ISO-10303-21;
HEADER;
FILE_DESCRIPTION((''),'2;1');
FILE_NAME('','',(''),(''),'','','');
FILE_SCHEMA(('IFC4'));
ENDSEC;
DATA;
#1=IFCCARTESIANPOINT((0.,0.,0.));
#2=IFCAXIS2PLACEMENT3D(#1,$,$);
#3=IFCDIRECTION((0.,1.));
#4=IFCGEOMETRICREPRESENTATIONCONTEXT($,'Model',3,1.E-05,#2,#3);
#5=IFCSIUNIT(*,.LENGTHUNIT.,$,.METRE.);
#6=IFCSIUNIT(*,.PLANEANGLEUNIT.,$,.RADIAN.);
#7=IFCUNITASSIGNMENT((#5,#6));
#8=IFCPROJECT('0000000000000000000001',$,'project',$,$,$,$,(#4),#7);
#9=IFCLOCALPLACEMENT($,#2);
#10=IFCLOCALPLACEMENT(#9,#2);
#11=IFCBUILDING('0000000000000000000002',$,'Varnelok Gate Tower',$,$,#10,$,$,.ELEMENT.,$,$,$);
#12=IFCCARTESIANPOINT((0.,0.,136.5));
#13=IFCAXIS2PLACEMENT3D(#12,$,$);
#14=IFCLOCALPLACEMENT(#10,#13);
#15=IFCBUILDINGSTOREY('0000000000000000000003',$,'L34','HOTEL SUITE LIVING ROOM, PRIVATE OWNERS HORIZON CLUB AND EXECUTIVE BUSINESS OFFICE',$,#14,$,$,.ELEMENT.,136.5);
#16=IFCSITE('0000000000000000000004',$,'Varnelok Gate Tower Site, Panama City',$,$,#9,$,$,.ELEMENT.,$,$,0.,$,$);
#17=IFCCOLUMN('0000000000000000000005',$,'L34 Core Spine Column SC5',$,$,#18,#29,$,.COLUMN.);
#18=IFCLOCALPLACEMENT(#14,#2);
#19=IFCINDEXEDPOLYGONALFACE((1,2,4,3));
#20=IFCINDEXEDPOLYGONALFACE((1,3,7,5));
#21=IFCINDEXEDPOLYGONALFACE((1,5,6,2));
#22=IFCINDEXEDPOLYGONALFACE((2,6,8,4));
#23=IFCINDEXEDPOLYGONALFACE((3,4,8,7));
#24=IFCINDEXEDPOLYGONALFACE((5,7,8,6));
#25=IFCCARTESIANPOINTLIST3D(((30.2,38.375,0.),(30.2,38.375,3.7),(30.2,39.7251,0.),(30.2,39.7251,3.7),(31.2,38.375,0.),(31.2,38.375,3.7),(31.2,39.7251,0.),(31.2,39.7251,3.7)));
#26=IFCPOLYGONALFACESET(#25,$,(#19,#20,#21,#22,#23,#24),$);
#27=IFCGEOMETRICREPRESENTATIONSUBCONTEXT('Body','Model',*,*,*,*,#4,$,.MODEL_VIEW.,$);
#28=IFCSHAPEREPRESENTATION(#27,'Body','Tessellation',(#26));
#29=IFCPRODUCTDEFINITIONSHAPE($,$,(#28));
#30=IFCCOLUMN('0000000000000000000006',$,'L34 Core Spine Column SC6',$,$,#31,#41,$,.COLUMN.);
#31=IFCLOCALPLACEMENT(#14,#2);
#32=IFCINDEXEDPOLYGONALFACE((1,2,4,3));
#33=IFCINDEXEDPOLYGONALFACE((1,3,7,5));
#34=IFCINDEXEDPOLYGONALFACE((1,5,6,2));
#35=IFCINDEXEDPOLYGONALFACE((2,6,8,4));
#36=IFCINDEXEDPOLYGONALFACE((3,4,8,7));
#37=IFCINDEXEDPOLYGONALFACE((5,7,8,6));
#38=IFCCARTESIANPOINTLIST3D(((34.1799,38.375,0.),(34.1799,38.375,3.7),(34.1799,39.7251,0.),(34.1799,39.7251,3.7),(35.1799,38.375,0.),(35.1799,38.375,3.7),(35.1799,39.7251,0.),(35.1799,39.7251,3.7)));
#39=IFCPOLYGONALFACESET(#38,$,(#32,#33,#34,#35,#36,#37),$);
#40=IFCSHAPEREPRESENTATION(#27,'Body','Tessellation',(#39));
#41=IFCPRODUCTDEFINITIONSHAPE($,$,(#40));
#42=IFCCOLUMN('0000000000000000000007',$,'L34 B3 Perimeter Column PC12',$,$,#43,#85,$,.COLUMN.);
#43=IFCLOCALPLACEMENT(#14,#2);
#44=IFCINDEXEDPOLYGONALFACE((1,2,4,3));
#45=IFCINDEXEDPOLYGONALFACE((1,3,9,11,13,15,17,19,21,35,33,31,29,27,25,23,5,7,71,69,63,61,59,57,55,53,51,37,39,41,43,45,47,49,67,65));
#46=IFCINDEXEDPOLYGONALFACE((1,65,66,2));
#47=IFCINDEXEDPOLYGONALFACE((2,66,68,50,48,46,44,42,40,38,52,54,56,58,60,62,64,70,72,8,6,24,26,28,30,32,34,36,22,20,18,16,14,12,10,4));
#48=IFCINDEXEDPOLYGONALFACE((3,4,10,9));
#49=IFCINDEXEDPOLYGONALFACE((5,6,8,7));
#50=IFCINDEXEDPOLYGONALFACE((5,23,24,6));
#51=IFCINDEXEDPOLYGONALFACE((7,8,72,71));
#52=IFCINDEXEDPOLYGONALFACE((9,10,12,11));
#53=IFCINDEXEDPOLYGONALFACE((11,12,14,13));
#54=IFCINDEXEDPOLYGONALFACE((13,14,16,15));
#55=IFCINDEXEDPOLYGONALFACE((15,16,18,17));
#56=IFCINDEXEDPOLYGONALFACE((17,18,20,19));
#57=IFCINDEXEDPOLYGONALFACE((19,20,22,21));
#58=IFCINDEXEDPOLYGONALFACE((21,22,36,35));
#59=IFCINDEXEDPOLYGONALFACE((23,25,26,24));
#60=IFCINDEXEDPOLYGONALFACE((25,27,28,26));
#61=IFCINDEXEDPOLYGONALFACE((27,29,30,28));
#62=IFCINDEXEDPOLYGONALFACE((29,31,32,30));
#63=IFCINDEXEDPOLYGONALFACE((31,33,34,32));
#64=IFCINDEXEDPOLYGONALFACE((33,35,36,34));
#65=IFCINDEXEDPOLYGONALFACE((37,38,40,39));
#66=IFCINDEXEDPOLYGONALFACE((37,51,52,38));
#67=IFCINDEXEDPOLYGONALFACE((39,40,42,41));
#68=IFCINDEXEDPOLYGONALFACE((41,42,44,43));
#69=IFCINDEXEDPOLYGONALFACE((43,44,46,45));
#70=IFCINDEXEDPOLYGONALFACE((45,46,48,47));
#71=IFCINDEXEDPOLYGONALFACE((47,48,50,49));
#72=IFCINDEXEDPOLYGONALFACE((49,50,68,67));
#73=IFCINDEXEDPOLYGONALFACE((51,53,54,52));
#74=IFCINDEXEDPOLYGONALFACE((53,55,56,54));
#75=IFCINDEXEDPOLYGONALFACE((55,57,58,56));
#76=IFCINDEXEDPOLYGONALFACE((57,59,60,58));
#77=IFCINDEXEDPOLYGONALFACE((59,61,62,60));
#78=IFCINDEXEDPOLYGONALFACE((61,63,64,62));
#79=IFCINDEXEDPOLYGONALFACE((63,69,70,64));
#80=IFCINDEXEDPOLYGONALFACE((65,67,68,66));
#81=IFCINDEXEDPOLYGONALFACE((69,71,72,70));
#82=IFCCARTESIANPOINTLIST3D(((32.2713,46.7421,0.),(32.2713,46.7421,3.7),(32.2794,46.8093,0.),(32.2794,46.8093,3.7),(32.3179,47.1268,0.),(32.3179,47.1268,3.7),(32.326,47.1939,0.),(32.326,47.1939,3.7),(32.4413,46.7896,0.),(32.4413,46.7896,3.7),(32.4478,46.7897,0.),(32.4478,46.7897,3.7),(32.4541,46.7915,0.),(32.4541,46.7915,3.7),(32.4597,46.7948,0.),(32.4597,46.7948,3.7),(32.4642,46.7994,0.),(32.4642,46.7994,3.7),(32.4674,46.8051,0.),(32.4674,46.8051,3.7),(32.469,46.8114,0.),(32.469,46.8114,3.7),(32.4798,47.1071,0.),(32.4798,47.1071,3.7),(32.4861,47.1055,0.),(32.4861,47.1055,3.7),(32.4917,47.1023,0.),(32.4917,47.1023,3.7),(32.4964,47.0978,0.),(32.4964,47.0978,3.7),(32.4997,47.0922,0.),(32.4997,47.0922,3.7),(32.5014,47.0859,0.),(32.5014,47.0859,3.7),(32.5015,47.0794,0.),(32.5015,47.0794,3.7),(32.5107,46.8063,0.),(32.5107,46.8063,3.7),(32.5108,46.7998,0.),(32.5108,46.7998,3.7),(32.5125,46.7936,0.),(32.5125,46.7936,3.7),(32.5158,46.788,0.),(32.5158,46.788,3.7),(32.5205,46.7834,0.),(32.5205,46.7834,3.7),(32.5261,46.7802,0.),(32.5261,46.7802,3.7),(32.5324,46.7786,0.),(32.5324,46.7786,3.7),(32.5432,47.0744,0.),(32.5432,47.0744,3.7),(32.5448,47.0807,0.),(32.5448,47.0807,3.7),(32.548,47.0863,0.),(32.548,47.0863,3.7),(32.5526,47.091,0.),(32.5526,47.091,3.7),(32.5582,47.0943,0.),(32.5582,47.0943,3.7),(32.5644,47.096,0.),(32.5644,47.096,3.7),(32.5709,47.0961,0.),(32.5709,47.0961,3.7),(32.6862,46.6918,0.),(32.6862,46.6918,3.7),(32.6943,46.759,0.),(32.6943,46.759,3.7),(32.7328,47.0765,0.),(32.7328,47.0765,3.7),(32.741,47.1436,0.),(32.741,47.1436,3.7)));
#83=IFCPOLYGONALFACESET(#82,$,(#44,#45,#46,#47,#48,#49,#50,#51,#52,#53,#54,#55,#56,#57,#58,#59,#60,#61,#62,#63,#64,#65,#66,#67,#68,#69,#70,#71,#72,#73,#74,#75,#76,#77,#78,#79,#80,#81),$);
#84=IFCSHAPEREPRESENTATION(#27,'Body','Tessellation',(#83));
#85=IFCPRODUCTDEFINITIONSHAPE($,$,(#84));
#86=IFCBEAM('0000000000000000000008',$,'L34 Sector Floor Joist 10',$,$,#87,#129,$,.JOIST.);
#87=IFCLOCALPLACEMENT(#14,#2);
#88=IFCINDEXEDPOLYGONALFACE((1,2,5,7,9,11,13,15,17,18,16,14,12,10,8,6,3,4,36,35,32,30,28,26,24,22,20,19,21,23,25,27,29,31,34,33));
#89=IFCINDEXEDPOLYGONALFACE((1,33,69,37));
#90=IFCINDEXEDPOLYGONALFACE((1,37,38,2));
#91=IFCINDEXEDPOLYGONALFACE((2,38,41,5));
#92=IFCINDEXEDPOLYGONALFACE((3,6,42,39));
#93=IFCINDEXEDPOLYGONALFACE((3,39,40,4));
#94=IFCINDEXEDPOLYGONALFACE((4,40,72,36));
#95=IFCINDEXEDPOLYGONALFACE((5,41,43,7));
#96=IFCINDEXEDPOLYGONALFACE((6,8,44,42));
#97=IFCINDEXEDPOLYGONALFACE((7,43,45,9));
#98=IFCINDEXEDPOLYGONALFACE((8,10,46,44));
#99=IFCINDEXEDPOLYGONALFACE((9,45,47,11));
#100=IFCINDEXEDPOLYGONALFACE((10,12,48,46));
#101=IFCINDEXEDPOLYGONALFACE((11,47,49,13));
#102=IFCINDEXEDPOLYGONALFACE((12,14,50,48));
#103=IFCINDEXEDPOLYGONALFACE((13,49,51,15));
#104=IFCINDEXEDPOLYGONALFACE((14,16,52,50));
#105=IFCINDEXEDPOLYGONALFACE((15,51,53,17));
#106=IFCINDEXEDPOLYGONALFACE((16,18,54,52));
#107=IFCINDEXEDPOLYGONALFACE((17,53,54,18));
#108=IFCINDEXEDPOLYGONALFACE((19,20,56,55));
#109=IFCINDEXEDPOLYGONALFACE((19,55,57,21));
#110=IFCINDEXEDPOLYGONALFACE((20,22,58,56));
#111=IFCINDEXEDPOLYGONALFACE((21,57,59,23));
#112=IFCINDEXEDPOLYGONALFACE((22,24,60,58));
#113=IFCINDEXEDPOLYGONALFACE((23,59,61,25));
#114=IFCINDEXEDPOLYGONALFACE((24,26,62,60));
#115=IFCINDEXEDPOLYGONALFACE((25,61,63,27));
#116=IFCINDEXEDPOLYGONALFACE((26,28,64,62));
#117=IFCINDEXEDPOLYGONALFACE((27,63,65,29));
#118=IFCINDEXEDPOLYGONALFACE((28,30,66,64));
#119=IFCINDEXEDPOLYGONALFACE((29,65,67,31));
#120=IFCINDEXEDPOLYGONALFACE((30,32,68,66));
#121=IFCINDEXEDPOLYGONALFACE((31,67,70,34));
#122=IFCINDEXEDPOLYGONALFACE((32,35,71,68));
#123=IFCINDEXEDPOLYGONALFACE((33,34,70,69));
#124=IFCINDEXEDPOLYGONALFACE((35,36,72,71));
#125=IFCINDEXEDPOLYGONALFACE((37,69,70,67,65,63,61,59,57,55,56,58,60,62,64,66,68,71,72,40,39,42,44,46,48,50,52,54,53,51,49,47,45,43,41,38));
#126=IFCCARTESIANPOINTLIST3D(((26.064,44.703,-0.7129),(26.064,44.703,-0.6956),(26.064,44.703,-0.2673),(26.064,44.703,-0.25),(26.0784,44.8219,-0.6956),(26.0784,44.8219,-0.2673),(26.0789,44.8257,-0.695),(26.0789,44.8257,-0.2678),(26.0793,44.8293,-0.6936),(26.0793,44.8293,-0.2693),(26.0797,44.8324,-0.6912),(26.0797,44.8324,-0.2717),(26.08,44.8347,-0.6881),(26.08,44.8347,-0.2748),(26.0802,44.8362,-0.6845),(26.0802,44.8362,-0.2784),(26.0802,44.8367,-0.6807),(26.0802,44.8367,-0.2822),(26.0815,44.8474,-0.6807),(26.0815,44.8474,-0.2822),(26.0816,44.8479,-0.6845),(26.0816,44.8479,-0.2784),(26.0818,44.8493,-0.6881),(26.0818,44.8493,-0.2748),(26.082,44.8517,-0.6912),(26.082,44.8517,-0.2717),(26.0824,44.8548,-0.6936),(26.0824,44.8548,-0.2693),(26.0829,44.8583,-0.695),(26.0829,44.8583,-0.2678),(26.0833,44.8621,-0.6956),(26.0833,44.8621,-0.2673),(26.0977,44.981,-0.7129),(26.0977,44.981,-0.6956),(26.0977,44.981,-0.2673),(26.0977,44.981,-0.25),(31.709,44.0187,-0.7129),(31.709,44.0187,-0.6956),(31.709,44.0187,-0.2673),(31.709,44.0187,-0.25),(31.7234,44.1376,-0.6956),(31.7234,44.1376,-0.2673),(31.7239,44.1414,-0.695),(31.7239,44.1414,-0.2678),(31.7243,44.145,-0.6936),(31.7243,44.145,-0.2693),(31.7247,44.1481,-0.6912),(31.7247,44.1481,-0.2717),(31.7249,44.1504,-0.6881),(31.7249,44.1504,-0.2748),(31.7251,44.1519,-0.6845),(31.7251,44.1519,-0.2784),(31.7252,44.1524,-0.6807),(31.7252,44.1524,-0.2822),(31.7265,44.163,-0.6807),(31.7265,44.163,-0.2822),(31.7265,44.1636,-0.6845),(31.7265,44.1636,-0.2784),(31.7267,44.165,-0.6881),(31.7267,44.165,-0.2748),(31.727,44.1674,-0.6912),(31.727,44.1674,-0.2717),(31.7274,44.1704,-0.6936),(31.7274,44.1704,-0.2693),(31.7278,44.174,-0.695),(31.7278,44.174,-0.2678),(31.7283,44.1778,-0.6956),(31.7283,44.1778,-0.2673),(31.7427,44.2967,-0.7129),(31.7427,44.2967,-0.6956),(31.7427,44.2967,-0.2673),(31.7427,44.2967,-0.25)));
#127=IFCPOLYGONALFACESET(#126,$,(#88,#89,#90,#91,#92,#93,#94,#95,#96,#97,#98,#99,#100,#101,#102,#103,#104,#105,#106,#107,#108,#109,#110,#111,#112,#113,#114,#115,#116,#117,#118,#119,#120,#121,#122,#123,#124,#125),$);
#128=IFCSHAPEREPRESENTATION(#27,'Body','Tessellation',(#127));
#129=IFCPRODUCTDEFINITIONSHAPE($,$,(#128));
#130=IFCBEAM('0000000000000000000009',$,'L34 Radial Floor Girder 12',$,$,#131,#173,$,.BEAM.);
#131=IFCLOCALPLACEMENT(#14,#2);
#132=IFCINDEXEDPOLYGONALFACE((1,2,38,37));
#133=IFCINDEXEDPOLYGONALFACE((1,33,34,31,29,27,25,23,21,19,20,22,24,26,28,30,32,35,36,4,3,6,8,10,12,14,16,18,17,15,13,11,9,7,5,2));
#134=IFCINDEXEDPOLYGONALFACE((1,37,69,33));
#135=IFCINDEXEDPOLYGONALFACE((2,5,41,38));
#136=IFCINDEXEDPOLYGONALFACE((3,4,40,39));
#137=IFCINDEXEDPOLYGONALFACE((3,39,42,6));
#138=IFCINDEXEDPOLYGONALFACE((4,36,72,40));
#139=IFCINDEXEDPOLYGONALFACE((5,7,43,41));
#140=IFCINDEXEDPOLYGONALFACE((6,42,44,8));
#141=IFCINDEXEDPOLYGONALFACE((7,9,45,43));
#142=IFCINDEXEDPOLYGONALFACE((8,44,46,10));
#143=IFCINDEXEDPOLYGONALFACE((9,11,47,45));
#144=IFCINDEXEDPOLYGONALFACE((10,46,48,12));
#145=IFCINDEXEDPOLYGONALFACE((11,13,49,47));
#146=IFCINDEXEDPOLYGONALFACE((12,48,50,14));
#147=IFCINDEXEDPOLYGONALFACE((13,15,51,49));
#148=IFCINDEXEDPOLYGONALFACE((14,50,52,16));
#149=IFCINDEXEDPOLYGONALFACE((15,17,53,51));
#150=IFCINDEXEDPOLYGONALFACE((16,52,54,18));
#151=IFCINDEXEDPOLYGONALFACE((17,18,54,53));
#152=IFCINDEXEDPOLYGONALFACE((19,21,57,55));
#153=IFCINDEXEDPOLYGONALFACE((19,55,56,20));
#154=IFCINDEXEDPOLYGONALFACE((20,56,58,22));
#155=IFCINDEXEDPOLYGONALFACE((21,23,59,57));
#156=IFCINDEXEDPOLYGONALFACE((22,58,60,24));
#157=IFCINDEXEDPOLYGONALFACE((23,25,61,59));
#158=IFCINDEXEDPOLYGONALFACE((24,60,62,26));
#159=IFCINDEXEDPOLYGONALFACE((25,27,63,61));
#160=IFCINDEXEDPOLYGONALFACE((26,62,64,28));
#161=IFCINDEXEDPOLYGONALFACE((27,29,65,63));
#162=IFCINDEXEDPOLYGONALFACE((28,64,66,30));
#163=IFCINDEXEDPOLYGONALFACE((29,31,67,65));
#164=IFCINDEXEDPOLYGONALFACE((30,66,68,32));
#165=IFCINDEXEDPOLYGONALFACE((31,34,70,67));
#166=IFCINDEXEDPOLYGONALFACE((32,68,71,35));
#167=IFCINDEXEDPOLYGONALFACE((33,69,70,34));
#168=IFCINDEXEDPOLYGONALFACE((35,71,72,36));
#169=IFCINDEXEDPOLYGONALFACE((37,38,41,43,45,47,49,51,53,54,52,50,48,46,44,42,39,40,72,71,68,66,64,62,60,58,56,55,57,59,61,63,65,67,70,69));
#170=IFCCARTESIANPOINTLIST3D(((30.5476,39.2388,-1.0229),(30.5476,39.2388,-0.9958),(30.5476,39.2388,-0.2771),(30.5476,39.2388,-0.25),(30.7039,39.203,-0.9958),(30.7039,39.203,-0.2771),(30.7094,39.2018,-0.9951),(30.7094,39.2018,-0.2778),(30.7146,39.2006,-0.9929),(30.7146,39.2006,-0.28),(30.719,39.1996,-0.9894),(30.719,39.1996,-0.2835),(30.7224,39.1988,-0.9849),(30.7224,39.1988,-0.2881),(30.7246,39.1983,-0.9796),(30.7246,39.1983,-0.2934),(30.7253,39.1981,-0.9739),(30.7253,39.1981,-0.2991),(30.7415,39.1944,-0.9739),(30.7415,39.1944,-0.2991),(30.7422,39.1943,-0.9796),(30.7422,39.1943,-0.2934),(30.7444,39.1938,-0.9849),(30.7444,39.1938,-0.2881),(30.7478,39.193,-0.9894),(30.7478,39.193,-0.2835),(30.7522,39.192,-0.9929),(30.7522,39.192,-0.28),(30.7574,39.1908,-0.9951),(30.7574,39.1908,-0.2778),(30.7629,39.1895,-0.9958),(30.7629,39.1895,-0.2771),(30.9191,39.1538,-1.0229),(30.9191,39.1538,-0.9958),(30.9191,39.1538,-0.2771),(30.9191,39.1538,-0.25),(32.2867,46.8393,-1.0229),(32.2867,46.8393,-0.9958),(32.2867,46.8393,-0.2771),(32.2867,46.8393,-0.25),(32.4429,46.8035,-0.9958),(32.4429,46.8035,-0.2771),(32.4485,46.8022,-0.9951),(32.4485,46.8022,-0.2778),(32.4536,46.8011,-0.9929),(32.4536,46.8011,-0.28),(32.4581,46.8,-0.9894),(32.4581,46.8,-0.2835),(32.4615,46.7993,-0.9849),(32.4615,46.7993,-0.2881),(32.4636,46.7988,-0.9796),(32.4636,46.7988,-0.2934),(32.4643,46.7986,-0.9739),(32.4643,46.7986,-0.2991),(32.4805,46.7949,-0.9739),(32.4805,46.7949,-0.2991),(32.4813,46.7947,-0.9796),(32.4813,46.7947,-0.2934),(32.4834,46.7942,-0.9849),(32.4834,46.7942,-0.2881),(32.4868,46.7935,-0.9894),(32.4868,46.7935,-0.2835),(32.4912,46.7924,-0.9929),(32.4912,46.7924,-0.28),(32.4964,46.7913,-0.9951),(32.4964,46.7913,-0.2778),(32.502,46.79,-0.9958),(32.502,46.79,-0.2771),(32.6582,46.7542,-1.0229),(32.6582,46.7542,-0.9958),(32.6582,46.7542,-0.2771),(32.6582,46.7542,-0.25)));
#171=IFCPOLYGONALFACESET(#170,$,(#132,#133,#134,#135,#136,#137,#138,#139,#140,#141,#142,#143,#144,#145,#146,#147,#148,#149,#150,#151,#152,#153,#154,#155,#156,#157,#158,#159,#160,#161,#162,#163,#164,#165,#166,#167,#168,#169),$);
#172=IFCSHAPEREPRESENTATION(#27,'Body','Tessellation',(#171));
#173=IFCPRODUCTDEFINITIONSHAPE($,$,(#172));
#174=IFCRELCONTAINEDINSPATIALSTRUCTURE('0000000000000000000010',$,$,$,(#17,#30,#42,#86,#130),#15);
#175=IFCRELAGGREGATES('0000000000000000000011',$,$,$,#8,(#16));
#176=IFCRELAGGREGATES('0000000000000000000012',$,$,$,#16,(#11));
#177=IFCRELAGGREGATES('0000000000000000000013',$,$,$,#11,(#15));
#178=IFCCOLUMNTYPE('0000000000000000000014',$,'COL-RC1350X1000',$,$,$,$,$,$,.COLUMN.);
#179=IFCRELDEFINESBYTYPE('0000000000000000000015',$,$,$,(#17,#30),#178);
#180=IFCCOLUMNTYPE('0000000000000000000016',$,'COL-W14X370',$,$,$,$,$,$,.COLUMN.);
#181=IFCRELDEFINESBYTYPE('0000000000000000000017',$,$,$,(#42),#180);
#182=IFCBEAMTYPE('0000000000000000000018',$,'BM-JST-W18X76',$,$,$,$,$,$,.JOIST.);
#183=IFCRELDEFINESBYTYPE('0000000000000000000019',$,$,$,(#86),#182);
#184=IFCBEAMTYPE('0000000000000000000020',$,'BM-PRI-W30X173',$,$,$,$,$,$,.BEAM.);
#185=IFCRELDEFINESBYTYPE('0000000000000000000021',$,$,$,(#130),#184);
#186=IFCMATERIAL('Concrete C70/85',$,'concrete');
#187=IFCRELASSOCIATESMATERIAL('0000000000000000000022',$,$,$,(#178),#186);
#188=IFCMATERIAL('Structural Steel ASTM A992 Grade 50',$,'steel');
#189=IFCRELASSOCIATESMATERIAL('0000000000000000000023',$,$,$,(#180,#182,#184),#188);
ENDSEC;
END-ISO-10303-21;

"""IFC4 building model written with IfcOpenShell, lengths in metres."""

from ifc_helpers import new_model, si_unit, direction, frame, origin, origin_2d, place, context, subcontext, project, spatial, rectangle, i_section, extrude, material, material_profile, profile_set, type_object, element, save


model = new_model("IFC4")

# Units and contexts
model_context = context("Model", 3, precision=1e-05, world=origin(), true_north=direction((0.0, 1.0)))
body_context = subcontext(model_context, "Body", "Model", "MODEL_VIEW")
ifc_project = project(units=[si_unit("LENGTHUNIT", "METRE"), si_unit("PLANEANGLEUNIT", "RADIAN")], contexts=[model_context])

# Site, building, storey
site_placement = place(None, origin())
site = spatial("IfcSite", under=ifc_project, at=site_placement, Name="Varnelok Gate Tower Site, Panama City", CompositionType="ELEMENT", RefElevation=0.0)
building_placement = place(site_placement, origin())
building = spatial("IfcBuilding", under=site, at=building_placement, Name="Varnelok Gate Tower", CompositionType="ELEMENT")
storey_placement = place(building_placement, frame((0.0, 0.0, 136.5)))
storey = spatial("IfcBuildingStorey", under=building, at=storey_placement, Name="L34", Description="HOTEL SUITE LIVING ROOM, PRIVATE OWNERS HORIZON CLUB AND EXECUTIVE BUSINESS OFFICE", CompositionType="ELEMENT", Elevation=136.5)

# Columns
ifc_material_1 = material(Name="Concrete C70/85", Category="concrete")
ifc_material_profile_1 = material_profile(ifc_material_1, rectangle(XDim=1.0, YDim=1.3501, at=origin_2d()), Name="RC1350X1000")
ifc_profile_set_1 = profile_set([ifc_material_profile_1], Name="Concrete C70/85")
column_type_1 = type_object("IfcColumnType", Name="COL-RC1350X1000", PredefinedType="COLUMN", material=ifc_profile_set_1)
for number, where, z_axis, x_axis, name in (
    (1, (30.7, 39.05, 0.0), (0.0, 0.0, 1.0), (1.0, 0.0, 0.0), "L34 Core Spine Column SC5"),
    (2, (34.6799, 39.05, 0.0), (0.0, 0.0, 1.0), (1.0, 0.0, 0.0), "L34 Core Spine Column SC6"),
):
    element("IfcColumn", number, at=place(storey_placement, frame(where, z_axis=z_axis, x_axis=x_axis)), inside=storey, type_object=column_type_1, Name=name, PredefinedType="COLUMN", context=body_context, shape_type="SweptSolid", body=[
        extrude(rectangle(XDim=1.0, YDim=1.3501, at=origin_2d()), origin(), (0.0, 0.0, 1.0), 3.7),
    ])
ifc_material_2 = material(Name="Structural Steel ASTM A992 Grade 50", Category="steel")
ifc_material_profile_2 = material_profile(ifc_material_2, i_section(OverallWidth=0.418, OverallDepth=0.4551, WebThickness=0.042, FlangeThickness=0.0676, FilletRadius=0.0249, at=origin_2d()), Name="W14X370")
ifc_profile_set_2 = profile_set([ifc_material_profile_2], Name="Structural Steel ASTM A992 Grade 50")
column_type_2 = type_object("IfcColumnType", Name="COL-W14X370", PredefinedType="COLUMN", material=ifc_profile_set_2)
column_placement = place(storey_placement, frame((32.5061, 46.9429, 0.0), z_axis=(0.0, 0.0, 1.0), x_axis=(0.992732, -0.120345, 0.0)))
element("IfcColumn", 3, at=column_placement, inside=storey, type_object=column_type_2, Name="L34 B3 Perimeter Column PC12", PredefinedType="COLUMN", context=body_context, shape_type="SweptSolid", body=[
    extrude(i_section(OverallWidth=0.418, OverallDepth=0.4551, WebThickness=0.042, FlangeThickness=0.0676, FilletRadius=0.0249, at=origin_2d()), origin(), (0.0, 0.0, 1.0), 3.7),
])

# Beams
ifc_material_profile_3 = material_profile(ifc_material_2, i_section(OverallWidth=0.28, OverallDepth=0.4629, WebThickness=0.0107, FlangeThickness=0.0173, FilletRadius=0.0149, at=origin_2d()), Name="W18X76")
ifc_profile_set_3 = profile_set([ifc_material_profile_3], Name="Structural Steel ASTM A992 Grade 50")
beam_type_1 = type_object("IfcBeamType", Name="BM-JST-W18X76", PredefinedType="JOIST", material=ifc_profile_set_3)
beam_1_placement = place(storey_placement, frame((31.7258, 44.1577, -0.4814), z_axis=(-0.992732, 0.120345, 0.0), x_axis=(-0.120345, -0.992732, 0.0)))
element("IfcBeam", 4, at=beam_1_placement, inside=storey, type_object=beam_type_1, Name="L34 Sector Floor Joist 10", PredefinedType="JOIST", context=body_context, shape_type="SweptSolid", body=[
    extrude(i_section(OverallWidth=0.28, OverallDepth=0.4629, WebThickness=0.0107, FlangeThickness=0.0173, FilletRadius=0.0149, at=origin_2d()), origin(), (0.0, 0.0, 1.0), 5.6863),
])
ifc_material_profile_4 = material_profile(ifc_material_2, i_section(OverallWidth=0.3811, OverallDepth=0.7729, WebThickness=0.0166, FlangeThickness=0.0271, FilletRadius=0.022, at=origin_2d()), Name="W30X173")
ifc_profile_set_4 = profile_set([ifc_material_profile_4], Name="Structural Steel ASTM A992 Grade 50")
beam_type_2 = type_object("IfcBeamType", Name="BM-PRI-W30X173", PredefinedType="BEAM", material=ifc_profile_set_4)
beam_2_placement = place(storey_placement, frame((30.7334, 39.1963, -0.6365), z_axis=(0.223043, 0.974809, 0.0), x_axis=(-0.974809, 0.223043, 0.0)))
element("IfcBeam", 5, at=beam_2_placement, inside=storey, type_object=beam_type_2, Name="L34 Radial Floor Girder 12", PredefinedType="BEAM", context=body_context, shape_type="SweptSolid", body=[
    extrude(i_section(OverallWidth=0.3811, OverallDepth=0.7729, WebThickness=0.0166, FlangeThickness=0.0271, FilletRadius=0.022, at=origin_2d()), origin(), (0.0, 0.0, 1.0), 7.7969),
])

save(model, "model.ifc")
